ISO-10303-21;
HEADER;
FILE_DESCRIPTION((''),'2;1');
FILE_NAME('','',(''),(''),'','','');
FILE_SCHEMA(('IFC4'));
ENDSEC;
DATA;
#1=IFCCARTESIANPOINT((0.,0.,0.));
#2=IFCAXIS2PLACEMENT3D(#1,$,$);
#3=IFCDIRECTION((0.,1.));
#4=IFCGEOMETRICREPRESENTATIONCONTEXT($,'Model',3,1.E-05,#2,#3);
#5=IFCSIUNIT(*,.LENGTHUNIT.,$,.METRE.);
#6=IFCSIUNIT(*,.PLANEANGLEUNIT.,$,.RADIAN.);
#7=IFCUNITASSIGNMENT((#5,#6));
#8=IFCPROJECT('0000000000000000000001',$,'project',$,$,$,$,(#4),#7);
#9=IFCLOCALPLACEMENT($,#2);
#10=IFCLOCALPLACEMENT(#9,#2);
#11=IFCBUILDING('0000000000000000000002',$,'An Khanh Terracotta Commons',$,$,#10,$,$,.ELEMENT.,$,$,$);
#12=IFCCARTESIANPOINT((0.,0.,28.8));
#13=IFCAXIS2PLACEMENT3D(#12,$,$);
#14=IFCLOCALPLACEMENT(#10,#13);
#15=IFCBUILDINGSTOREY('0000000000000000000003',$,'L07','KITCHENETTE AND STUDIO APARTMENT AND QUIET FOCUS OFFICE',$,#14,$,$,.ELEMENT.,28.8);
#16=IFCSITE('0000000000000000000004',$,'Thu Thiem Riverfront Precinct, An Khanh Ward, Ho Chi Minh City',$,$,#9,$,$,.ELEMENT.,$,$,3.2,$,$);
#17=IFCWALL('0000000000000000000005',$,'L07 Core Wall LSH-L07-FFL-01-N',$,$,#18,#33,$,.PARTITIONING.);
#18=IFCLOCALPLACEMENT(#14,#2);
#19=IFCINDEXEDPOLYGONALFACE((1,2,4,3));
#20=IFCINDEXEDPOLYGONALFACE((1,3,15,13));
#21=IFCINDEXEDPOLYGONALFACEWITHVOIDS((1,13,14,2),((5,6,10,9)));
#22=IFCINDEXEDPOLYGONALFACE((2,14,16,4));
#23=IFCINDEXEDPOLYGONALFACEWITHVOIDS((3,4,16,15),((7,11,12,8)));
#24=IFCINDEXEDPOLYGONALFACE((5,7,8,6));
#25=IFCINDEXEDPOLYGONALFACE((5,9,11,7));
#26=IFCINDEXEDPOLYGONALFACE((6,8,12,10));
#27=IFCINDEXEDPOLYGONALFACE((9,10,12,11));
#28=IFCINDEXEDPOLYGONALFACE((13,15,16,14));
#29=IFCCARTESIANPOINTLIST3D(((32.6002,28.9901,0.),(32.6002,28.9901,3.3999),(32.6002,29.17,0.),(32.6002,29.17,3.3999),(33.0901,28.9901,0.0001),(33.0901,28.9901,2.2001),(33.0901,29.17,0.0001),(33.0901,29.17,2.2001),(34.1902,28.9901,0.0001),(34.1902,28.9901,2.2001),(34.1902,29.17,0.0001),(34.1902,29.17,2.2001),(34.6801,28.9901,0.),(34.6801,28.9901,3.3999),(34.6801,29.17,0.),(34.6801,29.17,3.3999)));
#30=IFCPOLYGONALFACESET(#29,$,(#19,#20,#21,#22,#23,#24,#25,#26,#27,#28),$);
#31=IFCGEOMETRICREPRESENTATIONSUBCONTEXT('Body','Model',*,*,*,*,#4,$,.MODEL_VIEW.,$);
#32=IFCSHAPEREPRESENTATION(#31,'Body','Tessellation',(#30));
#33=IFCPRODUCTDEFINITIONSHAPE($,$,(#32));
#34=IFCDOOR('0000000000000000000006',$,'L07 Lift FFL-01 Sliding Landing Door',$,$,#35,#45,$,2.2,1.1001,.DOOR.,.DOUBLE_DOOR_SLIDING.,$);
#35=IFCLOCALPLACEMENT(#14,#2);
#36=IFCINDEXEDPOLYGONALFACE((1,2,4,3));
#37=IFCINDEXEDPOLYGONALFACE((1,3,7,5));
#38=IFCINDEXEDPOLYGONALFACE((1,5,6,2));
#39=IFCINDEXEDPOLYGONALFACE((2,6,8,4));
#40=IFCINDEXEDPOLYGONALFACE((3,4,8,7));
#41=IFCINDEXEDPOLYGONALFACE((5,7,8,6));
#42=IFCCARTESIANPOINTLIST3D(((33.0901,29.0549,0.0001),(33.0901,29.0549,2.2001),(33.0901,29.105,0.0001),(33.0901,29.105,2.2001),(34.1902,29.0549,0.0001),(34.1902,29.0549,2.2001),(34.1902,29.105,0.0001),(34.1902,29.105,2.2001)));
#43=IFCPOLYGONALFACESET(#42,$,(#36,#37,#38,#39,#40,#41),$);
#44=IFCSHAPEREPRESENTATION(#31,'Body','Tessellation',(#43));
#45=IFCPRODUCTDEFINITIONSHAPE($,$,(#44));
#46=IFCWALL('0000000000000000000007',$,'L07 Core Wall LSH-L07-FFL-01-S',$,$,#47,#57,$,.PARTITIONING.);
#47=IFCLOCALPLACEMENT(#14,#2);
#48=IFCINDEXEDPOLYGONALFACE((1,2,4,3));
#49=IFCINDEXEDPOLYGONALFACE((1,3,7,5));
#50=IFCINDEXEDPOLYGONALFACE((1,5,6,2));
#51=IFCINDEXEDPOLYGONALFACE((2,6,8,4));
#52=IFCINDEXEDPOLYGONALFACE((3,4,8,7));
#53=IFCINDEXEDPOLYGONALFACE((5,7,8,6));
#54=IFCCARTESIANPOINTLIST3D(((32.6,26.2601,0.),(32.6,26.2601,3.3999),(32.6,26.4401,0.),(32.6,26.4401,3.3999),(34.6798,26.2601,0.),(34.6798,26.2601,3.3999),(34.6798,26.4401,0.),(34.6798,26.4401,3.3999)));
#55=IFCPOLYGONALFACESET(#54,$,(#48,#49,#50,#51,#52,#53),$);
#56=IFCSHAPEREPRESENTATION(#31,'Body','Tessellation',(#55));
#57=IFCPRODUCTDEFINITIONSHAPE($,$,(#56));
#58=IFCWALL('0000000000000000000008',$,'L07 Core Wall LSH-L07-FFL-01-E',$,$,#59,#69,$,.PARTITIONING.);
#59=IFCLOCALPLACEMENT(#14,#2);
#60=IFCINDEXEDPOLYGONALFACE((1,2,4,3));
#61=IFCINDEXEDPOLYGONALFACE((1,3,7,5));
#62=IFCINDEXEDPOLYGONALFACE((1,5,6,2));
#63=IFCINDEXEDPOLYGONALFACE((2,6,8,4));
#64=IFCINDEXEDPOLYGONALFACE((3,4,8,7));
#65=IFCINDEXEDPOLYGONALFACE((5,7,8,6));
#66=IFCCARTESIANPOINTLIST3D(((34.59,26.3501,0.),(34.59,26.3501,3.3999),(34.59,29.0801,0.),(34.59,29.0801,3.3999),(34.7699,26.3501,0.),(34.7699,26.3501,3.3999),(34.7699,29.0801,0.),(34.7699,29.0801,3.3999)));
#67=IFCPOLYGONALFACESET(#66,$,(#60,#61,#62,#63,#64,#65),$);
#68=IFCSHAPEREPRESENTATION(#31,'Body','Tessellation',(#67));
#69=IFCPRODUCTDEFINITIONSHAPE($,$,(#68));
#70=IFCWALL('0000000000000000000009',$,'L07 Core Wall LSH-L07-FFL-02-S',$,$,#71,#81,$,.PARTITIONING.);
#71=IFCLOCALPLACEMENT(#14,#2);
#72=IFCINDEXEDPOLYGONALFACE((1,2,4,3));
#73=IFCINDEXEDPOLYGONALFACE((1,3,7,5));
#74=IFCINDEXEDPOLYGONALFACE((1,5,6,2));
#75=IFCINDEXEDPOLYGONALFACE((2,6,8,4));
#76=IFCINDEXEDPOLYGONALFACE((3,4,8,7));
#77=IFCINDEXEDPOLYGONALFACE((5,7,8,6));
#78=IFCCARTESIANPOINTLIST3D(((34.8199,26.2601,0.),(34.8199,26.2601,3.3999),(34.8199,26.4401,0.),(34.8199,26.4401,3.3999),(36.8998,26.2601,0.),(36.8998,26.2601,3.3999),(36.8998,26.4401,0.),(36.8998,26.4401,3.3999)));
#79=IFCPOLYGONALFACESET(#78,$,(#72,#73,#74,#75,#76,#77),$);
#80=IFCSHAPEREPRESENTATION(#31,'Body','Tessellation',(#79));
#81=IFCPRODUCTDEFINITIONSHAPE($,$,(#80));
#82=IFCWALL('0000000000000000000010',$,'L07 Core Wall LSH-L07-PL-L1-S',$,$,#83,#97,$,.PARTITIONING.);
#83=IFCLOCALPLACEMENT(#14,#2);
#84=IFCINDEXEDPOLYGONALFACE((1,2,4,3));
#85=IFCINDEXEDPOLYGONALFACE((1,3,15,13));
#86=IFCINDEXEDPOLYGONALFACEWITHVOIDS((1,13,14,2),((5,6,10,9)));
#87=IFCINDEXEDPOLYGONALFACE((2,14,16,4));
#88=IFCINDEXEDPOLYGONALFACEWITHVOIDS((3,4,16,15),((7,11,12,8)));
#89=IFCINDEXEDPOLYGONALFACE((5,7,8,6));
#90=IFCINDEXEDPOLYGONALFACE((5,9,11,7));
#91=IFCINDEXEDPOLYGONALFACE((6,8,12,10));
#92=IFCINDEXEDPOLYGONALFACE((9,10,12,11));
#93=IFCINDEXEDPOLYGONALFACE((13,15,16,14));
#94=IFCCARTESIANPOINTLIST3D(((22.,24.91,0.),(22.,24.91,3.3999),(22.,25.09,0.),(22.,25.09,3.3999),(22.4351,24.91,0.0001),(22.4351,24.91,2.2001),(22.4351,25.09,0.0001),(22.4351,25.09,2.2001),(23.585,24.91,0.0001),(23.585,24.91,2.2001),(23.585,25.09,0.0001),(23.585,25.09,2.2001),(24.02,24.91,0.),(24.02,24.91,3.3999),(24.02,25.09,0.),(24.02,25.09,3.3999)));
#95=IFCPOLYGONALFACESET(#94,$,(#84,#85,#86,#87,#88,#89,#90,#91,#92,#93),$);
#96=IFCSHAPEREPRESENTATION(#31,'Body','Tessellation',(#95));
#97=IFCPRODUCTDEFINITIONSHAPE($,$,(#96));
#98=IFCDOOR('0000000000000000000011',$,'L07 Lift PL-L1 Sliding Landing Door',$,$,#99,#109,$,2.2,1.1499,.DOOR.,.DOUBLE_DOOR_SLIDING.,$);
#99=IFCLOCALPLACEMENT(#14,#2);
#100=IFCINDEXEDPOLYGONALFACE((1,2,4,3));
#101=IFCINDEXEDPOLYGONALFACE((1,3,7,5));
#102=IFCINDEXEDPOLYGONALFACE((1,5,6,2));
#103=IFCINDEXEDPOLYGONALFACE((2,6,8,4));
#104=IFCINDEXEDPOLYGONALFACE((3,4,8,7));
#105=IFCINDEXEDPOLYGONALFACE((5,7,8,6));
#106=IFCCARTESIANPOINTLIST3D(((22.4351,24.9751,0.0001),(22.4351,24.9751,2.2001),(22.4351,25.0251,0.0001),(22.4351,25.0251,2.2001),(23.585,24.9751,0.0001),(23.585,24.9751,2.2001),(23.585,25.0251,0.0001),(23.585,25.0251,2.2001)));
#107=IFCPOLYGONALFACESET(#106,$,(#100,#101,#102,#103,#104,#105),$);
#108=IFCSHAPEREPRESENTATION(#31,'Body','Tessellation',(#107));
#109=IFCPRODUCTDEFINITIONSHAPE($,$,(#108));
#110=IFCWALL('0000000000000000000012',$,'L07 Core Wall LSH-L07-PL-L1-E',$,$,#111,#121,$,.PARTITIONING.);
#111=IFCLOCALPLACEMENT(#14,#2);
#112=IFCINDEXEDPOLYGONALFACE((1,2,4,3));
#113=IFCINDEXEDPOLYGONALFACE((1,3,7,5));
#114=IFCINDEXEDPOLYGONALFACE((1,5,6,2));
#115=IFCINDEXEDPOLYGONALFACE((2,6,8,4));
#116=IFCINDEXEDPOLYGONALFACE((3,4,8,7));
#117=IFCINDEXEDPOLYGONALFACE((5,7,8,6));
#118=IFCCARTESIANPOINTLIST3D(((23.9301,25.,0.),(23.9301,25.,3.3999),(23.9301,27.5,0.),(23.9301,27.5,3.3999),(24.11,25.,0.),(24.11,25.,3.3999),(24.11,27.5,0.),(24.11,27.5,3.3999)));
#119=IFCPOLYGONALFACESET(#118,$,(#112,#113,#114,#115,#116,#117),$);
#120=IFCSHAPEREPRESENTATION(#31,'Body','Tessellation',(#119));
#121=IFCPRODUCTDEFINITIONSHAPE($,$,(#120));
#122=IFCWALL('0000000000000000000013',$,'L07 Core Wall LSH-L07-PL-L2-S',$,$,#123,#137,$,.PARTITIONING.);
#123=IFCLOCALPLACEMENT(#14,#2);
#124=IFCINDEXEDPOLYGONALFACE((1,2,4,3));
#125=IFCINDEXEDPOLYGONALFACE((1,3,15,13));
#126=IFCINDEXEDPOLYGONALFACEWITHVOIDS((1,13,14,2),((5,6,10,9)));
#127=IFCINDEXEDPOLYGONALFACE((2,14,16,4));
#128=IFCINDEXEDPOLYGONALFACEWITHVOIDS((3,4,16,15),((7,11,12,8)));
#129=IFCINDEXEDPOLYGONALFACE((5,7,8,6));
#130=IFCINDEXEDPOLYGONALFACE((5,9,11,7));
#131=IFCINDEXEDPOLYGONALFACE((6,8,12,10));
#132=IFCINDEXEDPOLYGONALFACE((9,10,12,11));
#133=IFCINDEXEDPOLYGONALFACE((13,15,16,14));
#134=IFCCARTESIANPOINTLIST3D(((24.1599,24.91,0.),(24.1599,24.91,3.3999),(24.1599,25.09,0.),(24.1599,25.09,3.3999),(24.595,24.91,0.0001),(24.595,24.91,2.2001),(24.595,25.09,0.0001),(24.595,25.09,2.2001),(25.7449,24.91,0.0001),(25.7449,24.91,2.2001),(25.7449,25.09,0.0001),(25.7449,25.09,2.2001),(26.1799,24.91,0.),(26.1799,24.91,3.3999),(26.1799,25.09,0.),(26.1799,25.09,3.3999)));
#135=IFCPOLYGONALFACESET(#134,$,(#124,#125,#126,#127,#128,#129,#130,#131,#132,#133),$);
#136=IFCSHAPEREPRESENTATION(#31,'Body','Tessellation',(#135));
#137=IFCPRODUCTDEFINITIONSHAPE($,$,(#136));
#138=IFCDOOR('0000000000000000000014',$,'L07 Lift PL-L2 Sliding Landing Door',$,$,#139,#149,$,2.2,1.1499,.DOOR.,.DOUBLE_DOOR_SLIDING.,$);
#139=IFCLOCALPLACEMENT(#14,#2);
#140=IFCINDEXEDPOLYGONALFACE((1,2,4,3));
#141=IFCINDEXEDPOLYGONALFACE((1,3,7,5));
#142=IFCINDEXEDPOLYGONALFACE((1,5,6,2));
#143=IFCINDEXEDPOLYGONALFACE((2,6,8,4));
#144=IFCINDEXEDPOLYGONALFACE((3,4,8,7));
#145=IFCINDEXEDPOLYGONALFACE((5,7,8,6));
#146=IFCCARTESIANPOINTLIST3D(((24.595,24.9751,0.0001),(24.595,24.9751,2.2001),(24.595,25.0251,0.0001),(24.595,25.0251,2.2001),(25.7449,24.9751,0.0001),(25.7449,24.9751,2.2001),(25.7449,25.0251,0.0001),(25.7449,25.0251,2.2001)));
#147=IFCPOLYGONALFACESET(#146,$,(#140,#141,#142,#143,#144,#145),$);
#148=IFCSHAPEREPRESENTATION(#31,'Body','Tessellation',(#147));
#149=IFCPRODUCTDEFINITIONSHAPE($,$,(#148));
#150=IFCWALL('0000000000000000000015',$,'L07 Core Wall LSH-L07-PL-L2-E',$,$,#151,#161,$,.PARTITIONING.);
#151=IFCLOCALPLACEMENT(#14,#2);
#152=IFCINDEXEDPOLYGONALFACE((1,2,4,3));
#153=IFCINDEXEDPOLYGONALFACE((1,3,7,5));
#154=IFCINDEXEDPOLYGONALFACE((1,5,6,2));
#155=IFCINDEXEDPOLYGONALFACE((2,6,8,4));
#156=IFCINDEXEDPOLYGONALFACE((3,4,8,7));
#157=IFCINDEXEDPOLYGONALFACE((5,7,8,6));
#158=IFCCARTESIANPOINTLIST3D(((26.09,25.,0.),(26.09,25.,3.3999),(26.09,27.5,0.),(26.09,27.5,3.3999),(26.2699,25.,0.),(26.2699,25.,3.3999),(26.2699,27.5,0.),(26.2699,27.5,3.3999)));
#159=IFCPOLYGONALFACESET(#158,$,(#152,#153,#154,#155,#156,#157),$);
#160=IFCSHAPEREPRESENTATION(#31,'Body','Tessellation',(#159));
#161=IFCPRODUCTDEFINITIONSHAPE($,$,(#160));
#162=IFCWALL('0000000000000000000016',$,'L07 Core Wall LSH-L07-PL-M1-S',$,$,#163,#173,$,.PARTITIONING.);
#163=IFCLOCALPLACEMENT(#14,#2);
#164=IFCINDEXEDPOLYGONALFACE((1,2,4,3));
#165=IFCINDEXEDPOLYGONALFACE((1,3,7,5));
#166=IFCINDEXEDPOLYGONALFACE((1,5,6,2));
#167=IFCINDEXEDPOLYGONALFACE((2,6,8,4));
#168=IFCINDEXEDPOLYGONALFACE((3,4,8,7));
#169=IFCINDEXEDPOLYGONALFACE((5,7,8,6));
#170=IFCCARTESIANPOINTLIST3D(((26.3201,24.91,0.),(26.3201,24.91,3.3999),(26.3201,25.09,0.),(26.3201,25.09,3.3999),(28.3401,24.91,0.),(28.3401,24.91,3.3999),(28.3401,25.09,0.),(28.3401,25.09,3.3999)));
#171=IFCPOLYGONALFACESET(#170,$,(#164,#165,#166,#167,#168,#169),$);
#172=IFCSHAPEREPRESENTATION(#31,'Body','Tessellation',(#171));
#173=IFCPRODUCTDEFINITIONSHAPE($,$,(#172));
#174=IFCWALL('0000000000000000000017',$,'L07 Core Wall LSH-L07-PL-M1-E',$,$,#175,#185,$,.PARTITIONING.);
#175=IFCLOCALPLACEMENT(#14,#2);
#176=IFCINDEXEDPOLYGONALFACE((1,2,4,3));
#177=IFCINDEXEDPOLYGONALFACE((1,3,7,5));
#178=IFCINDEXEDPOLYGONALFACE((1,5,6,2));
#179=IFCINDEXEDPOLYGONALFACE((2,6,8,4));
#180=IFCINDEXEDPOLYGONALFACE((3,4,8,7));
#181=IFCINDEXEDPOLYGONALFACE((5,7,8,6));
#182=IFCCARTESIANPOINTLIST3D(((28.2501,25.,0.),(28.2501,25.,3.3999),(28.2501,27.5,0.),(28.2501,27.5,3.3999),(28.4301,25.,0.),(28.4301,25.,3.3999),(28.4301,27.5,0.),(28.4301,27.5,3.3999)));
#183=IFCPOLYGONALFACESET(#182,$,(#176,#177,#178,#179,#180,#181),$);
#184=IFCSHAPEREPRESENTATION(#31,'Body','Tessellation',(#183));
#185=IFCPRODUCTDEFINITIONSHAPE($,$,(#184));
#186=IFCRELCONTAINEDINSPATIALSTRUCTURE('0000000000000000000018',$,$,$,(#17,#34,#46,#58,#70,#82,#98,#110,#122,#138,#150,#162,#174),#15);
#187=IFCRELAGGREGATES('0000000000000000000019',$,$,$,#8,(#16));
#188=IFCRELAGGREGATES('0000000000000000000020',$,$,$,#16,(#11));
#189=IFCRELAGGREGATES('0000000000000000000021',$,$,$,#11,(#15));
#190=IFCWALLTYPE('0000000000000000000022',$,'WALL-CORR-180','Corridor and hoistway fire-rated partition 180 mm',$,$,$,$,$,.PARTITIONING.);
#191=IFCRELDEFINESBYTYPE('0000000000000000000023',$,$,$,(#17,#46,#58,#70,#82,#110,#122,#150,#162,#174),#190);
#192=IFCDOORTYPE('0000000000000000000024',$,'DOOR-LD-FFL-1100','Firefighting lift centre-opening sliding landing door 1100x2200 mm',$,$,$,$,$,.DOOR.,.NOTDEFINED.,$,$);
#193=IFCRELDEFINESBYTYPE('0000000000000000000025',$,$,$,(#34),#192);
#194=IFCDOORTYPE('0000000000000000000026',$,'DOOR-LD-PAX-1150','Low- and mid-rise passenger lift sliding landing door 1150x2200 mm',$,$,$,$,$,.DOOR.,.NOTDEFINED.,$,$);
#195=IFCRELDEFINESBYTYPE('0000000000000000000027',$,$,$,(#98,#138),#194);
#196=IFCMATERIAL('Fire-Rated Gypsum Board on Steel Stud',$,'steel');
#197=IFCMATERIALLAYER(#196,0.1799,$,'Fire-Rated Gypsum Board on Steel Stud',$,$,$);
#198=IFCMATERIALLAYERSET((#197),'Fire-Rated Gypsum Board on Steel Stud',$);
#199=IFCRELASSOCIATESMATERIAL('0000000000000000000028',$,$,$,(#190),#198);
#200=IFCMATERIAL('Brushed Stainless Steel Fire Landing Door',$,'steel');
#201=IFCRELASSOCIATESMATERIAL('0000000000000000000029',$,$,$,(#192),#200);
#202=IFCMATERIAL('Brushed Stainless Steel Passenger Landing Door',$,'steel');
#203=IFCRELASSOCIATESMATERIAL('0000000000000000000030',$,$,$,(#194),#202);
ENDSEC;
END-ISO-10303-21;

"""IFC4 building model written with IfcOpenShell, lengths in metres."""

from ifc_helpers import new_model, si_unit, direction, frame, frame_2d, origin, place, context, subcontext, project, spatial, rectangle, extrude, material, layer, layer_set, type_object, element, fill, save


model = new_model("IFC4")

# Units and contexts
model_context = context("Model", 3, precision=1e-05, world=origin(), true_north=direction((0.0, 1.0)))
body_context = subcontext(model_context, "Body", "Model", "MODEL_VIEW")
ifc_project = project(units=[si_unit("LENGTHUNIT", "METRE"), si_unit("PLANEANGLEUNIT", "RADIAN")], contexts=[model_context])

# Site, building, storey
site_placement = place(None, origin())
site = spatial("IfcSite", under=ifc_project, at=site_placement, Name="Thu Thiem Riverfront Precinct, An Khanh Ward, Ho Chi Minh City", CompositionType="ELEMENT", RefElevation=3.2)
building_placement = place(site_placement, origin())
building = spatial("IfcBuilding", under=site, at=building_placement, Name="An Khanh Terracotta Commons", CompositionType="ELEMENT")
storey_placement = place(building_placement, frame((0.0, 0.0, 28.8)))
storey = spatial("IfcBuildingStorey", under=building, at=storey_placement, Name="L07", Description="KITCHENETTE AND STUDIO APARTMENT AND QUIET FOCUS OFFICE", CompositionType="ELEMENT", Elevation=28.8)

# Wall, opening, door
ifc_material_1 = material(Name="Fire-Rated Gypsum Board on Steel Stud", Category="steel")
ifc_layer = layer(ifc_material_1, 0.1799, Name="Fire-Rated Gypsum Board on Steel Stud")
ifc_layer_set = layer_set([ifc_layer], Name="Fire-Rated Gypsum Board on Steel Stud")
wall_type = type_object("IfcWallType", Name="WALL-CORR-180", Description="Corridor and hoistway fire-rated partition 180 mm", PredefinedType="PARTITIONING", material=ifc_layer_set)
wall_1_placement = place(storey_placement, frame((32.6001, 29.0801, 0.0), z_axis=(0.0, 0.0, 1.0), x_axis=(1.0, 0.0, 0.0)))
wall_1 = element("IfcWall", 1, at=wall_1_placement, inside=storey, type_object=wall_type, Name="L07 Core Wall LSH-L07-FFL-01-N", PredefinedType="PARTITIONING", context=body_context, shape_type="SweptSolid", body=[
    extrude(rectangle(XDim=2.0798, YDim=0.1799, at=frame_2d((1.04, 0.0))), origin(), (0.0, 0.0, 1.0), 3.3999),
])
opening_1_placement = place(wall_1_placement, frame((0.49, 0.0, 0.0)))
opening_1 = element("IfcOpeningElement", 2, at=opening_1_placement, cuts=wall_1, PredefinedType="OPENING", context=body_context, shape_type="SweptSolid", body=[
    extrude(rectangle(XDim=1.1001, YDim=2.2, at=frame_2d((0.55, 1.1001))), frame((0.0, 0.0999, 0.0), z_axis=(0.0, -1.0, 0.0), x_axis=(1.0, 0.0, 0.0)), (0.0, 0.0, 1.0), 0.2),
])
ifc_material_2 = material(Name="Brushed Stainless Steel Fire Landing Door", Category="steel")
door_type_1 = type_object("IfcDoorType", Name="DOOR-LD-FFL-1100", Description="Firefighting lift centre-opening sliding landing door 1100x2200 mm", OperationType="NOTDEFINED", PredefinedType="DOOR", material=ifc_material_2)
door_1_placement = place(opening_1_placement, origin())
door_1 = element("IfcDoor", 3, at=door_1_placement, inside=storey, type_object=door_type_1, Name="L07 Lift FFL-01 Sliding Landing Door", OperationType="DOUBLE_DOOR_SLIDING", OverallHeight=2.2, OverallWidth=1.1001, PredefinedType="DOOR", context=body_context, shape_type="SweptSolid", body=[
    extrude(rectangle(XDim=1.1001, YDim=2.2, at=frame_2d((0.55, 1.1001))), frame((0.0, 0.0249, 0.0), z_axis=(0.0, -1.0, 0.0), x_axis=(1.0, 0.0, 0.0)), (0.0, 0.0, 1.0), 0.05),
])
fill(opening_1, door_1)

# Walls
wall_2_placement = place(storey_placement, frame((34.6799, 26.3501, 0.0), z_axis=(0.0, 0.0, 1.0), x_axis=(-1.0, 0.0, 0.0)))
element("IfcWall", 4, at=wall_2_placement, inside=storey, type_object=wall_type, Name="L07 Core Wall LSH-L07-FFL-01-S", PredefinedType="PARTITIONING", context=body_context, shape_type="SweptSolid", body=[
    extrude(rectangle(XDim=2.0798, YDim=0.1799, at=frame_2d((1.04, 0.0))), origin(), (0.0, 0.0, 1.0), 3.3999),
])
wall_3_placement = place(storey_placement, frame((34.6799, 26.3501, 0.0), z_axis=(0.0, 0.0, 1.0), x_axis=(0.0, 1.0, 0.0)))
element("IfcWall", 5, at=wall_3_placement, inside=storey, type_object=wall_type, Name="L07 Core Wall LSH-L07-FFL-01-E", PredefinedType="PARTITIONING", context=body_context, shape_type="SweptSolid", body=[
    extrude(rectangle(XDim=2.73, YDim=0.1799, at=frame_2d((1.365, 0.0))), origin(), (0.0, 0.0, 1.0), 3.3999),
])
wall_4_placement = place(storey_placement, frame((36.8999, 26.3501, 0.0), z_axis=(0.0, 0.0, 1.0), x_axis=(-1.0, 0.0, 0.0)))
element("IfcWall", 6, at=wall_4_placement, inside=storey, type_object=wall_type, Name="L07 Core Wall LSH-L07-FFL-02-S", PredefinedType="PARTITIONING", context=body_context, shape_type="SweptSolid", body=[
    extrude(rectangle(XDim=2.0798, YDim=0.1799, at=frame_2d((1.04, 0.0))), origin(), (0.0, 0.0, 1.0), 3.3999),
])

# Wall, opening, door
wall_5_placement = place(storey_placement, frame((24.02, 25.0, 0.0), z_axis=(0.0, 0.0, 1.0), x_axis=(-1.0, 0.0, 0.0)))
wall_5 = element("IfcWall", 7, at=wall_5_placement, inside=storey, type_object=wall_type, Name="L07 Core Wall LSH-L07-PL-L1-S", PredefinedType="PARTITIONING", context=body_context, shape_type="SweptSolid", body=[
    extrude(rectangle(XDim=2.02, YDim=0.1799, at=frame_2d((1.01, 0.0))), origin(), (0.0, 0.0, 1.0), 3.3999),
])
opening_2_placement = place(wall_5_placement, frame((0.4351, 0.0, 0.0)))
opening_2 = element("IfcOpeningElement", 8, at=opening_2_placement, cuts=wall_5, PredefinedType="OPENING", context=body_context, shape_type="SweptSolid", body=[
    extrude(rectangle(XDim=1.1499, YDim=2.2, at=frame_2d((0.575, 1.1001))), frame((0.0, 0.0999, 0.0), z_axis=(0.0, -1.0, 0.0), x_axis=(1.0, 0.0, 0.0)), (0.0, 0.0, 1.0), 0.2),
])
ifc_material_3 = material(Name="Brushed Stainless Steel Passenger Landing Door", Category="steel")
door_type_2 = type_object("IfcDoorType", Name="DOOR-LD-PAX-1150", Description="Low- and mid-rise passenger lift sliding landing door 1150x2200 mm", OperationType="NOTDEFINED", PredefinedType="DOOR", material=ifc_material_3)
door_2_placement = place(opening_2_placement, origin())
door_2 = element("IfcDoor", 9, at=door_2_placement, inside=storey, type_object=door_type_2, Name="L07 Lift PL-L1 Sliding Landing Door", OperationType="DOUBLE_DOOR_SLIDING", OverallHeight=2.2, OverallWidth=1.1499, PredefinedType="DOOR", context=body_context, shape_type="SweptSolid", body=[
    extrude(rectangle(XDim=1.1499, YDim=2.2, at=frame_2d((0.575, 1.1001))), frame((0.0, 0.0249, 0.0), z_axis=(0.0, -1.0, 0.0), x_axis=(1.0, 0.0, 0.0)), (0.0, 0.0, 1.0), 0.05),
])
fill(opening_2, door_2)

# Wall
wall_6_placement = place(storey_placement, frame((24.02, 25.0, 0.0), z_axis=(0.0, 0.0, 1.0), x_axis=(0.0, 1.0, 0.0)))
element("IfcWall", 10, at=wall_6_placement, inside=storey, type_object=wall_type, Name="L07 Core Wall LSH-L07-PL-L1-E", PredefinedType="PARTITIONING", context=body_context, shape_type="SweptSolid", body=[
    extrude(rectangle(XDim=2.5, YDim=0.1799, at=frame_2d((1.25, 0.0))), origin(), (0.0, 0.0, 1.0), 3.3999),
])

# Wall, opening, door
wall_7_placement = place(storey_placement, frame((26.1799, 25.0, 0.0), z_axis=(0.0, 0.0, 1.0), x_axis=(-1.0, 0.0, 0.0)))
wall_7 = element("IfcWall", 11, at=wall_7_placement, inside=storey, type_object=wall_type, Name="L07 Core Wall LSH-L07-PL-L2-S", PredefinedType="PARTITIONING", context=body_context, shape_type="SweptSolid", body=[
    extrude(rectangle(XDim=2.02, YDim=0.1799, at=frame_2d((1.01, 0.0))), origin(), (0.0, 0.0, 1.0), 3.3999),
])
opening_3_placement = place(wall_7_placement, frame((0.4351, 0.0, 0.0)))
opening_3 = element("IfcOpeningElement", 12, at=opening_3_placement, cuts=wall_7, PredefinedType="OPENING", context=body_context, shape_type="SweptSolid", body=[
    extrude(rectangle(XDim=1.1499, YDim=2.2, at=frame_2d((0.575, 1.1001))), frame((0.0, 0.0999, 0.0), z_axis=(0.0, -1.0, 0.0), x_axis=(1.0, 0.0, 0.0)), (0.0, 0.0, 1.0), 0.2),
])
door_3_placement = place(opening_3_placement, origin())
door_3 = element("IfcDoor", 13, at=door_3_placement, inside=storey, type_object=door_type_2, Name="L07 Lift PL-L2 Sliding Landing Door", OperationType="DOUBLE_DOOR_SLIDING", OverallHeight=2.2, OverallWidth=1.1499, PredefinedType="DOOR", context=body_context, shape_type="SweptSolid", body=[
    extrude(rectangle(XDim=1.1499, YDim=2.2, at=frame_2d((0.575, 1.1001))), frame((0.0, 0.0249, 0.0), z_axis=(0.0, -1.0, 0.0), x_axis=(1.0, 0.0, 0.0)), (0.0, 0.0, 1.0), 0.05),
])
fill(opening_3, door_3)

# Walls
wall_8_placement = place(storey_placement, frame((26.1799, 25.0, 0.0), z_axis=(0.0, 0.0, 1.0), x_axis=(0.0, 1.0, 0.0)))
element("IfcWall", 14, at=wall_8_placement, inside=storey, type_object=wall_type, Name="L07 Core Wall LSH-L07-PL-L2-E", PredefinedType="PARTITIONING", context=body_context, shape_type="SweptSolid", body=[
    extrude(rectangle(XDim=2.5, YDim=0.1799, at=frame_2d((1.25, 0.0))), origin(), (0.0, 0.0, 1.0), 3.3999),
])
wall_9_placement = place(storey_placement, frame((28.3401, 25.0, 0.0), z_axis=(0.0, 0.0, 1.0), x_axis=(-1.0, 0.0, 0.0)))
element("IfcWall", 15, at=wall_9_placement, inside=storey, type_object=wall_type, Name="L07 Core Wall LSH-L07-PL-M1-S", PredefinedType="PARTITIONING", context=body_context, shape_type="SweptSolid", body=[
    extrude(rectangle(XDim=2.02, YDim=0.1799, at=frame_2d((1.01, 0.0))), origin(), (0.0, 0.0, 1.0), 3.3999),
])
wall_10_placement = place(storey_placement, frame((28.3401, 25.0, 0.0), z_axis=(0.0, 0.0, 1.0), x_axis=(0.0, 1.0, 0.0)))
element("IfcWall", 16, at=wall_10_placement, inside=storey, type_object=wall_type, Name="L07 Core Wall LSH-L07-PL-M1-E", PredefinedType="PARTITIONING", context=body_context, shape_type="SweptSolid", body=[
    extrude(rectangle(XDim=2.5, YDim=0.1799, at=frame_2d((1.25, 0.0))), origin(), (0.0, 0.0, 1.0), 3.3999),
])

save(model, "model.ifc")
